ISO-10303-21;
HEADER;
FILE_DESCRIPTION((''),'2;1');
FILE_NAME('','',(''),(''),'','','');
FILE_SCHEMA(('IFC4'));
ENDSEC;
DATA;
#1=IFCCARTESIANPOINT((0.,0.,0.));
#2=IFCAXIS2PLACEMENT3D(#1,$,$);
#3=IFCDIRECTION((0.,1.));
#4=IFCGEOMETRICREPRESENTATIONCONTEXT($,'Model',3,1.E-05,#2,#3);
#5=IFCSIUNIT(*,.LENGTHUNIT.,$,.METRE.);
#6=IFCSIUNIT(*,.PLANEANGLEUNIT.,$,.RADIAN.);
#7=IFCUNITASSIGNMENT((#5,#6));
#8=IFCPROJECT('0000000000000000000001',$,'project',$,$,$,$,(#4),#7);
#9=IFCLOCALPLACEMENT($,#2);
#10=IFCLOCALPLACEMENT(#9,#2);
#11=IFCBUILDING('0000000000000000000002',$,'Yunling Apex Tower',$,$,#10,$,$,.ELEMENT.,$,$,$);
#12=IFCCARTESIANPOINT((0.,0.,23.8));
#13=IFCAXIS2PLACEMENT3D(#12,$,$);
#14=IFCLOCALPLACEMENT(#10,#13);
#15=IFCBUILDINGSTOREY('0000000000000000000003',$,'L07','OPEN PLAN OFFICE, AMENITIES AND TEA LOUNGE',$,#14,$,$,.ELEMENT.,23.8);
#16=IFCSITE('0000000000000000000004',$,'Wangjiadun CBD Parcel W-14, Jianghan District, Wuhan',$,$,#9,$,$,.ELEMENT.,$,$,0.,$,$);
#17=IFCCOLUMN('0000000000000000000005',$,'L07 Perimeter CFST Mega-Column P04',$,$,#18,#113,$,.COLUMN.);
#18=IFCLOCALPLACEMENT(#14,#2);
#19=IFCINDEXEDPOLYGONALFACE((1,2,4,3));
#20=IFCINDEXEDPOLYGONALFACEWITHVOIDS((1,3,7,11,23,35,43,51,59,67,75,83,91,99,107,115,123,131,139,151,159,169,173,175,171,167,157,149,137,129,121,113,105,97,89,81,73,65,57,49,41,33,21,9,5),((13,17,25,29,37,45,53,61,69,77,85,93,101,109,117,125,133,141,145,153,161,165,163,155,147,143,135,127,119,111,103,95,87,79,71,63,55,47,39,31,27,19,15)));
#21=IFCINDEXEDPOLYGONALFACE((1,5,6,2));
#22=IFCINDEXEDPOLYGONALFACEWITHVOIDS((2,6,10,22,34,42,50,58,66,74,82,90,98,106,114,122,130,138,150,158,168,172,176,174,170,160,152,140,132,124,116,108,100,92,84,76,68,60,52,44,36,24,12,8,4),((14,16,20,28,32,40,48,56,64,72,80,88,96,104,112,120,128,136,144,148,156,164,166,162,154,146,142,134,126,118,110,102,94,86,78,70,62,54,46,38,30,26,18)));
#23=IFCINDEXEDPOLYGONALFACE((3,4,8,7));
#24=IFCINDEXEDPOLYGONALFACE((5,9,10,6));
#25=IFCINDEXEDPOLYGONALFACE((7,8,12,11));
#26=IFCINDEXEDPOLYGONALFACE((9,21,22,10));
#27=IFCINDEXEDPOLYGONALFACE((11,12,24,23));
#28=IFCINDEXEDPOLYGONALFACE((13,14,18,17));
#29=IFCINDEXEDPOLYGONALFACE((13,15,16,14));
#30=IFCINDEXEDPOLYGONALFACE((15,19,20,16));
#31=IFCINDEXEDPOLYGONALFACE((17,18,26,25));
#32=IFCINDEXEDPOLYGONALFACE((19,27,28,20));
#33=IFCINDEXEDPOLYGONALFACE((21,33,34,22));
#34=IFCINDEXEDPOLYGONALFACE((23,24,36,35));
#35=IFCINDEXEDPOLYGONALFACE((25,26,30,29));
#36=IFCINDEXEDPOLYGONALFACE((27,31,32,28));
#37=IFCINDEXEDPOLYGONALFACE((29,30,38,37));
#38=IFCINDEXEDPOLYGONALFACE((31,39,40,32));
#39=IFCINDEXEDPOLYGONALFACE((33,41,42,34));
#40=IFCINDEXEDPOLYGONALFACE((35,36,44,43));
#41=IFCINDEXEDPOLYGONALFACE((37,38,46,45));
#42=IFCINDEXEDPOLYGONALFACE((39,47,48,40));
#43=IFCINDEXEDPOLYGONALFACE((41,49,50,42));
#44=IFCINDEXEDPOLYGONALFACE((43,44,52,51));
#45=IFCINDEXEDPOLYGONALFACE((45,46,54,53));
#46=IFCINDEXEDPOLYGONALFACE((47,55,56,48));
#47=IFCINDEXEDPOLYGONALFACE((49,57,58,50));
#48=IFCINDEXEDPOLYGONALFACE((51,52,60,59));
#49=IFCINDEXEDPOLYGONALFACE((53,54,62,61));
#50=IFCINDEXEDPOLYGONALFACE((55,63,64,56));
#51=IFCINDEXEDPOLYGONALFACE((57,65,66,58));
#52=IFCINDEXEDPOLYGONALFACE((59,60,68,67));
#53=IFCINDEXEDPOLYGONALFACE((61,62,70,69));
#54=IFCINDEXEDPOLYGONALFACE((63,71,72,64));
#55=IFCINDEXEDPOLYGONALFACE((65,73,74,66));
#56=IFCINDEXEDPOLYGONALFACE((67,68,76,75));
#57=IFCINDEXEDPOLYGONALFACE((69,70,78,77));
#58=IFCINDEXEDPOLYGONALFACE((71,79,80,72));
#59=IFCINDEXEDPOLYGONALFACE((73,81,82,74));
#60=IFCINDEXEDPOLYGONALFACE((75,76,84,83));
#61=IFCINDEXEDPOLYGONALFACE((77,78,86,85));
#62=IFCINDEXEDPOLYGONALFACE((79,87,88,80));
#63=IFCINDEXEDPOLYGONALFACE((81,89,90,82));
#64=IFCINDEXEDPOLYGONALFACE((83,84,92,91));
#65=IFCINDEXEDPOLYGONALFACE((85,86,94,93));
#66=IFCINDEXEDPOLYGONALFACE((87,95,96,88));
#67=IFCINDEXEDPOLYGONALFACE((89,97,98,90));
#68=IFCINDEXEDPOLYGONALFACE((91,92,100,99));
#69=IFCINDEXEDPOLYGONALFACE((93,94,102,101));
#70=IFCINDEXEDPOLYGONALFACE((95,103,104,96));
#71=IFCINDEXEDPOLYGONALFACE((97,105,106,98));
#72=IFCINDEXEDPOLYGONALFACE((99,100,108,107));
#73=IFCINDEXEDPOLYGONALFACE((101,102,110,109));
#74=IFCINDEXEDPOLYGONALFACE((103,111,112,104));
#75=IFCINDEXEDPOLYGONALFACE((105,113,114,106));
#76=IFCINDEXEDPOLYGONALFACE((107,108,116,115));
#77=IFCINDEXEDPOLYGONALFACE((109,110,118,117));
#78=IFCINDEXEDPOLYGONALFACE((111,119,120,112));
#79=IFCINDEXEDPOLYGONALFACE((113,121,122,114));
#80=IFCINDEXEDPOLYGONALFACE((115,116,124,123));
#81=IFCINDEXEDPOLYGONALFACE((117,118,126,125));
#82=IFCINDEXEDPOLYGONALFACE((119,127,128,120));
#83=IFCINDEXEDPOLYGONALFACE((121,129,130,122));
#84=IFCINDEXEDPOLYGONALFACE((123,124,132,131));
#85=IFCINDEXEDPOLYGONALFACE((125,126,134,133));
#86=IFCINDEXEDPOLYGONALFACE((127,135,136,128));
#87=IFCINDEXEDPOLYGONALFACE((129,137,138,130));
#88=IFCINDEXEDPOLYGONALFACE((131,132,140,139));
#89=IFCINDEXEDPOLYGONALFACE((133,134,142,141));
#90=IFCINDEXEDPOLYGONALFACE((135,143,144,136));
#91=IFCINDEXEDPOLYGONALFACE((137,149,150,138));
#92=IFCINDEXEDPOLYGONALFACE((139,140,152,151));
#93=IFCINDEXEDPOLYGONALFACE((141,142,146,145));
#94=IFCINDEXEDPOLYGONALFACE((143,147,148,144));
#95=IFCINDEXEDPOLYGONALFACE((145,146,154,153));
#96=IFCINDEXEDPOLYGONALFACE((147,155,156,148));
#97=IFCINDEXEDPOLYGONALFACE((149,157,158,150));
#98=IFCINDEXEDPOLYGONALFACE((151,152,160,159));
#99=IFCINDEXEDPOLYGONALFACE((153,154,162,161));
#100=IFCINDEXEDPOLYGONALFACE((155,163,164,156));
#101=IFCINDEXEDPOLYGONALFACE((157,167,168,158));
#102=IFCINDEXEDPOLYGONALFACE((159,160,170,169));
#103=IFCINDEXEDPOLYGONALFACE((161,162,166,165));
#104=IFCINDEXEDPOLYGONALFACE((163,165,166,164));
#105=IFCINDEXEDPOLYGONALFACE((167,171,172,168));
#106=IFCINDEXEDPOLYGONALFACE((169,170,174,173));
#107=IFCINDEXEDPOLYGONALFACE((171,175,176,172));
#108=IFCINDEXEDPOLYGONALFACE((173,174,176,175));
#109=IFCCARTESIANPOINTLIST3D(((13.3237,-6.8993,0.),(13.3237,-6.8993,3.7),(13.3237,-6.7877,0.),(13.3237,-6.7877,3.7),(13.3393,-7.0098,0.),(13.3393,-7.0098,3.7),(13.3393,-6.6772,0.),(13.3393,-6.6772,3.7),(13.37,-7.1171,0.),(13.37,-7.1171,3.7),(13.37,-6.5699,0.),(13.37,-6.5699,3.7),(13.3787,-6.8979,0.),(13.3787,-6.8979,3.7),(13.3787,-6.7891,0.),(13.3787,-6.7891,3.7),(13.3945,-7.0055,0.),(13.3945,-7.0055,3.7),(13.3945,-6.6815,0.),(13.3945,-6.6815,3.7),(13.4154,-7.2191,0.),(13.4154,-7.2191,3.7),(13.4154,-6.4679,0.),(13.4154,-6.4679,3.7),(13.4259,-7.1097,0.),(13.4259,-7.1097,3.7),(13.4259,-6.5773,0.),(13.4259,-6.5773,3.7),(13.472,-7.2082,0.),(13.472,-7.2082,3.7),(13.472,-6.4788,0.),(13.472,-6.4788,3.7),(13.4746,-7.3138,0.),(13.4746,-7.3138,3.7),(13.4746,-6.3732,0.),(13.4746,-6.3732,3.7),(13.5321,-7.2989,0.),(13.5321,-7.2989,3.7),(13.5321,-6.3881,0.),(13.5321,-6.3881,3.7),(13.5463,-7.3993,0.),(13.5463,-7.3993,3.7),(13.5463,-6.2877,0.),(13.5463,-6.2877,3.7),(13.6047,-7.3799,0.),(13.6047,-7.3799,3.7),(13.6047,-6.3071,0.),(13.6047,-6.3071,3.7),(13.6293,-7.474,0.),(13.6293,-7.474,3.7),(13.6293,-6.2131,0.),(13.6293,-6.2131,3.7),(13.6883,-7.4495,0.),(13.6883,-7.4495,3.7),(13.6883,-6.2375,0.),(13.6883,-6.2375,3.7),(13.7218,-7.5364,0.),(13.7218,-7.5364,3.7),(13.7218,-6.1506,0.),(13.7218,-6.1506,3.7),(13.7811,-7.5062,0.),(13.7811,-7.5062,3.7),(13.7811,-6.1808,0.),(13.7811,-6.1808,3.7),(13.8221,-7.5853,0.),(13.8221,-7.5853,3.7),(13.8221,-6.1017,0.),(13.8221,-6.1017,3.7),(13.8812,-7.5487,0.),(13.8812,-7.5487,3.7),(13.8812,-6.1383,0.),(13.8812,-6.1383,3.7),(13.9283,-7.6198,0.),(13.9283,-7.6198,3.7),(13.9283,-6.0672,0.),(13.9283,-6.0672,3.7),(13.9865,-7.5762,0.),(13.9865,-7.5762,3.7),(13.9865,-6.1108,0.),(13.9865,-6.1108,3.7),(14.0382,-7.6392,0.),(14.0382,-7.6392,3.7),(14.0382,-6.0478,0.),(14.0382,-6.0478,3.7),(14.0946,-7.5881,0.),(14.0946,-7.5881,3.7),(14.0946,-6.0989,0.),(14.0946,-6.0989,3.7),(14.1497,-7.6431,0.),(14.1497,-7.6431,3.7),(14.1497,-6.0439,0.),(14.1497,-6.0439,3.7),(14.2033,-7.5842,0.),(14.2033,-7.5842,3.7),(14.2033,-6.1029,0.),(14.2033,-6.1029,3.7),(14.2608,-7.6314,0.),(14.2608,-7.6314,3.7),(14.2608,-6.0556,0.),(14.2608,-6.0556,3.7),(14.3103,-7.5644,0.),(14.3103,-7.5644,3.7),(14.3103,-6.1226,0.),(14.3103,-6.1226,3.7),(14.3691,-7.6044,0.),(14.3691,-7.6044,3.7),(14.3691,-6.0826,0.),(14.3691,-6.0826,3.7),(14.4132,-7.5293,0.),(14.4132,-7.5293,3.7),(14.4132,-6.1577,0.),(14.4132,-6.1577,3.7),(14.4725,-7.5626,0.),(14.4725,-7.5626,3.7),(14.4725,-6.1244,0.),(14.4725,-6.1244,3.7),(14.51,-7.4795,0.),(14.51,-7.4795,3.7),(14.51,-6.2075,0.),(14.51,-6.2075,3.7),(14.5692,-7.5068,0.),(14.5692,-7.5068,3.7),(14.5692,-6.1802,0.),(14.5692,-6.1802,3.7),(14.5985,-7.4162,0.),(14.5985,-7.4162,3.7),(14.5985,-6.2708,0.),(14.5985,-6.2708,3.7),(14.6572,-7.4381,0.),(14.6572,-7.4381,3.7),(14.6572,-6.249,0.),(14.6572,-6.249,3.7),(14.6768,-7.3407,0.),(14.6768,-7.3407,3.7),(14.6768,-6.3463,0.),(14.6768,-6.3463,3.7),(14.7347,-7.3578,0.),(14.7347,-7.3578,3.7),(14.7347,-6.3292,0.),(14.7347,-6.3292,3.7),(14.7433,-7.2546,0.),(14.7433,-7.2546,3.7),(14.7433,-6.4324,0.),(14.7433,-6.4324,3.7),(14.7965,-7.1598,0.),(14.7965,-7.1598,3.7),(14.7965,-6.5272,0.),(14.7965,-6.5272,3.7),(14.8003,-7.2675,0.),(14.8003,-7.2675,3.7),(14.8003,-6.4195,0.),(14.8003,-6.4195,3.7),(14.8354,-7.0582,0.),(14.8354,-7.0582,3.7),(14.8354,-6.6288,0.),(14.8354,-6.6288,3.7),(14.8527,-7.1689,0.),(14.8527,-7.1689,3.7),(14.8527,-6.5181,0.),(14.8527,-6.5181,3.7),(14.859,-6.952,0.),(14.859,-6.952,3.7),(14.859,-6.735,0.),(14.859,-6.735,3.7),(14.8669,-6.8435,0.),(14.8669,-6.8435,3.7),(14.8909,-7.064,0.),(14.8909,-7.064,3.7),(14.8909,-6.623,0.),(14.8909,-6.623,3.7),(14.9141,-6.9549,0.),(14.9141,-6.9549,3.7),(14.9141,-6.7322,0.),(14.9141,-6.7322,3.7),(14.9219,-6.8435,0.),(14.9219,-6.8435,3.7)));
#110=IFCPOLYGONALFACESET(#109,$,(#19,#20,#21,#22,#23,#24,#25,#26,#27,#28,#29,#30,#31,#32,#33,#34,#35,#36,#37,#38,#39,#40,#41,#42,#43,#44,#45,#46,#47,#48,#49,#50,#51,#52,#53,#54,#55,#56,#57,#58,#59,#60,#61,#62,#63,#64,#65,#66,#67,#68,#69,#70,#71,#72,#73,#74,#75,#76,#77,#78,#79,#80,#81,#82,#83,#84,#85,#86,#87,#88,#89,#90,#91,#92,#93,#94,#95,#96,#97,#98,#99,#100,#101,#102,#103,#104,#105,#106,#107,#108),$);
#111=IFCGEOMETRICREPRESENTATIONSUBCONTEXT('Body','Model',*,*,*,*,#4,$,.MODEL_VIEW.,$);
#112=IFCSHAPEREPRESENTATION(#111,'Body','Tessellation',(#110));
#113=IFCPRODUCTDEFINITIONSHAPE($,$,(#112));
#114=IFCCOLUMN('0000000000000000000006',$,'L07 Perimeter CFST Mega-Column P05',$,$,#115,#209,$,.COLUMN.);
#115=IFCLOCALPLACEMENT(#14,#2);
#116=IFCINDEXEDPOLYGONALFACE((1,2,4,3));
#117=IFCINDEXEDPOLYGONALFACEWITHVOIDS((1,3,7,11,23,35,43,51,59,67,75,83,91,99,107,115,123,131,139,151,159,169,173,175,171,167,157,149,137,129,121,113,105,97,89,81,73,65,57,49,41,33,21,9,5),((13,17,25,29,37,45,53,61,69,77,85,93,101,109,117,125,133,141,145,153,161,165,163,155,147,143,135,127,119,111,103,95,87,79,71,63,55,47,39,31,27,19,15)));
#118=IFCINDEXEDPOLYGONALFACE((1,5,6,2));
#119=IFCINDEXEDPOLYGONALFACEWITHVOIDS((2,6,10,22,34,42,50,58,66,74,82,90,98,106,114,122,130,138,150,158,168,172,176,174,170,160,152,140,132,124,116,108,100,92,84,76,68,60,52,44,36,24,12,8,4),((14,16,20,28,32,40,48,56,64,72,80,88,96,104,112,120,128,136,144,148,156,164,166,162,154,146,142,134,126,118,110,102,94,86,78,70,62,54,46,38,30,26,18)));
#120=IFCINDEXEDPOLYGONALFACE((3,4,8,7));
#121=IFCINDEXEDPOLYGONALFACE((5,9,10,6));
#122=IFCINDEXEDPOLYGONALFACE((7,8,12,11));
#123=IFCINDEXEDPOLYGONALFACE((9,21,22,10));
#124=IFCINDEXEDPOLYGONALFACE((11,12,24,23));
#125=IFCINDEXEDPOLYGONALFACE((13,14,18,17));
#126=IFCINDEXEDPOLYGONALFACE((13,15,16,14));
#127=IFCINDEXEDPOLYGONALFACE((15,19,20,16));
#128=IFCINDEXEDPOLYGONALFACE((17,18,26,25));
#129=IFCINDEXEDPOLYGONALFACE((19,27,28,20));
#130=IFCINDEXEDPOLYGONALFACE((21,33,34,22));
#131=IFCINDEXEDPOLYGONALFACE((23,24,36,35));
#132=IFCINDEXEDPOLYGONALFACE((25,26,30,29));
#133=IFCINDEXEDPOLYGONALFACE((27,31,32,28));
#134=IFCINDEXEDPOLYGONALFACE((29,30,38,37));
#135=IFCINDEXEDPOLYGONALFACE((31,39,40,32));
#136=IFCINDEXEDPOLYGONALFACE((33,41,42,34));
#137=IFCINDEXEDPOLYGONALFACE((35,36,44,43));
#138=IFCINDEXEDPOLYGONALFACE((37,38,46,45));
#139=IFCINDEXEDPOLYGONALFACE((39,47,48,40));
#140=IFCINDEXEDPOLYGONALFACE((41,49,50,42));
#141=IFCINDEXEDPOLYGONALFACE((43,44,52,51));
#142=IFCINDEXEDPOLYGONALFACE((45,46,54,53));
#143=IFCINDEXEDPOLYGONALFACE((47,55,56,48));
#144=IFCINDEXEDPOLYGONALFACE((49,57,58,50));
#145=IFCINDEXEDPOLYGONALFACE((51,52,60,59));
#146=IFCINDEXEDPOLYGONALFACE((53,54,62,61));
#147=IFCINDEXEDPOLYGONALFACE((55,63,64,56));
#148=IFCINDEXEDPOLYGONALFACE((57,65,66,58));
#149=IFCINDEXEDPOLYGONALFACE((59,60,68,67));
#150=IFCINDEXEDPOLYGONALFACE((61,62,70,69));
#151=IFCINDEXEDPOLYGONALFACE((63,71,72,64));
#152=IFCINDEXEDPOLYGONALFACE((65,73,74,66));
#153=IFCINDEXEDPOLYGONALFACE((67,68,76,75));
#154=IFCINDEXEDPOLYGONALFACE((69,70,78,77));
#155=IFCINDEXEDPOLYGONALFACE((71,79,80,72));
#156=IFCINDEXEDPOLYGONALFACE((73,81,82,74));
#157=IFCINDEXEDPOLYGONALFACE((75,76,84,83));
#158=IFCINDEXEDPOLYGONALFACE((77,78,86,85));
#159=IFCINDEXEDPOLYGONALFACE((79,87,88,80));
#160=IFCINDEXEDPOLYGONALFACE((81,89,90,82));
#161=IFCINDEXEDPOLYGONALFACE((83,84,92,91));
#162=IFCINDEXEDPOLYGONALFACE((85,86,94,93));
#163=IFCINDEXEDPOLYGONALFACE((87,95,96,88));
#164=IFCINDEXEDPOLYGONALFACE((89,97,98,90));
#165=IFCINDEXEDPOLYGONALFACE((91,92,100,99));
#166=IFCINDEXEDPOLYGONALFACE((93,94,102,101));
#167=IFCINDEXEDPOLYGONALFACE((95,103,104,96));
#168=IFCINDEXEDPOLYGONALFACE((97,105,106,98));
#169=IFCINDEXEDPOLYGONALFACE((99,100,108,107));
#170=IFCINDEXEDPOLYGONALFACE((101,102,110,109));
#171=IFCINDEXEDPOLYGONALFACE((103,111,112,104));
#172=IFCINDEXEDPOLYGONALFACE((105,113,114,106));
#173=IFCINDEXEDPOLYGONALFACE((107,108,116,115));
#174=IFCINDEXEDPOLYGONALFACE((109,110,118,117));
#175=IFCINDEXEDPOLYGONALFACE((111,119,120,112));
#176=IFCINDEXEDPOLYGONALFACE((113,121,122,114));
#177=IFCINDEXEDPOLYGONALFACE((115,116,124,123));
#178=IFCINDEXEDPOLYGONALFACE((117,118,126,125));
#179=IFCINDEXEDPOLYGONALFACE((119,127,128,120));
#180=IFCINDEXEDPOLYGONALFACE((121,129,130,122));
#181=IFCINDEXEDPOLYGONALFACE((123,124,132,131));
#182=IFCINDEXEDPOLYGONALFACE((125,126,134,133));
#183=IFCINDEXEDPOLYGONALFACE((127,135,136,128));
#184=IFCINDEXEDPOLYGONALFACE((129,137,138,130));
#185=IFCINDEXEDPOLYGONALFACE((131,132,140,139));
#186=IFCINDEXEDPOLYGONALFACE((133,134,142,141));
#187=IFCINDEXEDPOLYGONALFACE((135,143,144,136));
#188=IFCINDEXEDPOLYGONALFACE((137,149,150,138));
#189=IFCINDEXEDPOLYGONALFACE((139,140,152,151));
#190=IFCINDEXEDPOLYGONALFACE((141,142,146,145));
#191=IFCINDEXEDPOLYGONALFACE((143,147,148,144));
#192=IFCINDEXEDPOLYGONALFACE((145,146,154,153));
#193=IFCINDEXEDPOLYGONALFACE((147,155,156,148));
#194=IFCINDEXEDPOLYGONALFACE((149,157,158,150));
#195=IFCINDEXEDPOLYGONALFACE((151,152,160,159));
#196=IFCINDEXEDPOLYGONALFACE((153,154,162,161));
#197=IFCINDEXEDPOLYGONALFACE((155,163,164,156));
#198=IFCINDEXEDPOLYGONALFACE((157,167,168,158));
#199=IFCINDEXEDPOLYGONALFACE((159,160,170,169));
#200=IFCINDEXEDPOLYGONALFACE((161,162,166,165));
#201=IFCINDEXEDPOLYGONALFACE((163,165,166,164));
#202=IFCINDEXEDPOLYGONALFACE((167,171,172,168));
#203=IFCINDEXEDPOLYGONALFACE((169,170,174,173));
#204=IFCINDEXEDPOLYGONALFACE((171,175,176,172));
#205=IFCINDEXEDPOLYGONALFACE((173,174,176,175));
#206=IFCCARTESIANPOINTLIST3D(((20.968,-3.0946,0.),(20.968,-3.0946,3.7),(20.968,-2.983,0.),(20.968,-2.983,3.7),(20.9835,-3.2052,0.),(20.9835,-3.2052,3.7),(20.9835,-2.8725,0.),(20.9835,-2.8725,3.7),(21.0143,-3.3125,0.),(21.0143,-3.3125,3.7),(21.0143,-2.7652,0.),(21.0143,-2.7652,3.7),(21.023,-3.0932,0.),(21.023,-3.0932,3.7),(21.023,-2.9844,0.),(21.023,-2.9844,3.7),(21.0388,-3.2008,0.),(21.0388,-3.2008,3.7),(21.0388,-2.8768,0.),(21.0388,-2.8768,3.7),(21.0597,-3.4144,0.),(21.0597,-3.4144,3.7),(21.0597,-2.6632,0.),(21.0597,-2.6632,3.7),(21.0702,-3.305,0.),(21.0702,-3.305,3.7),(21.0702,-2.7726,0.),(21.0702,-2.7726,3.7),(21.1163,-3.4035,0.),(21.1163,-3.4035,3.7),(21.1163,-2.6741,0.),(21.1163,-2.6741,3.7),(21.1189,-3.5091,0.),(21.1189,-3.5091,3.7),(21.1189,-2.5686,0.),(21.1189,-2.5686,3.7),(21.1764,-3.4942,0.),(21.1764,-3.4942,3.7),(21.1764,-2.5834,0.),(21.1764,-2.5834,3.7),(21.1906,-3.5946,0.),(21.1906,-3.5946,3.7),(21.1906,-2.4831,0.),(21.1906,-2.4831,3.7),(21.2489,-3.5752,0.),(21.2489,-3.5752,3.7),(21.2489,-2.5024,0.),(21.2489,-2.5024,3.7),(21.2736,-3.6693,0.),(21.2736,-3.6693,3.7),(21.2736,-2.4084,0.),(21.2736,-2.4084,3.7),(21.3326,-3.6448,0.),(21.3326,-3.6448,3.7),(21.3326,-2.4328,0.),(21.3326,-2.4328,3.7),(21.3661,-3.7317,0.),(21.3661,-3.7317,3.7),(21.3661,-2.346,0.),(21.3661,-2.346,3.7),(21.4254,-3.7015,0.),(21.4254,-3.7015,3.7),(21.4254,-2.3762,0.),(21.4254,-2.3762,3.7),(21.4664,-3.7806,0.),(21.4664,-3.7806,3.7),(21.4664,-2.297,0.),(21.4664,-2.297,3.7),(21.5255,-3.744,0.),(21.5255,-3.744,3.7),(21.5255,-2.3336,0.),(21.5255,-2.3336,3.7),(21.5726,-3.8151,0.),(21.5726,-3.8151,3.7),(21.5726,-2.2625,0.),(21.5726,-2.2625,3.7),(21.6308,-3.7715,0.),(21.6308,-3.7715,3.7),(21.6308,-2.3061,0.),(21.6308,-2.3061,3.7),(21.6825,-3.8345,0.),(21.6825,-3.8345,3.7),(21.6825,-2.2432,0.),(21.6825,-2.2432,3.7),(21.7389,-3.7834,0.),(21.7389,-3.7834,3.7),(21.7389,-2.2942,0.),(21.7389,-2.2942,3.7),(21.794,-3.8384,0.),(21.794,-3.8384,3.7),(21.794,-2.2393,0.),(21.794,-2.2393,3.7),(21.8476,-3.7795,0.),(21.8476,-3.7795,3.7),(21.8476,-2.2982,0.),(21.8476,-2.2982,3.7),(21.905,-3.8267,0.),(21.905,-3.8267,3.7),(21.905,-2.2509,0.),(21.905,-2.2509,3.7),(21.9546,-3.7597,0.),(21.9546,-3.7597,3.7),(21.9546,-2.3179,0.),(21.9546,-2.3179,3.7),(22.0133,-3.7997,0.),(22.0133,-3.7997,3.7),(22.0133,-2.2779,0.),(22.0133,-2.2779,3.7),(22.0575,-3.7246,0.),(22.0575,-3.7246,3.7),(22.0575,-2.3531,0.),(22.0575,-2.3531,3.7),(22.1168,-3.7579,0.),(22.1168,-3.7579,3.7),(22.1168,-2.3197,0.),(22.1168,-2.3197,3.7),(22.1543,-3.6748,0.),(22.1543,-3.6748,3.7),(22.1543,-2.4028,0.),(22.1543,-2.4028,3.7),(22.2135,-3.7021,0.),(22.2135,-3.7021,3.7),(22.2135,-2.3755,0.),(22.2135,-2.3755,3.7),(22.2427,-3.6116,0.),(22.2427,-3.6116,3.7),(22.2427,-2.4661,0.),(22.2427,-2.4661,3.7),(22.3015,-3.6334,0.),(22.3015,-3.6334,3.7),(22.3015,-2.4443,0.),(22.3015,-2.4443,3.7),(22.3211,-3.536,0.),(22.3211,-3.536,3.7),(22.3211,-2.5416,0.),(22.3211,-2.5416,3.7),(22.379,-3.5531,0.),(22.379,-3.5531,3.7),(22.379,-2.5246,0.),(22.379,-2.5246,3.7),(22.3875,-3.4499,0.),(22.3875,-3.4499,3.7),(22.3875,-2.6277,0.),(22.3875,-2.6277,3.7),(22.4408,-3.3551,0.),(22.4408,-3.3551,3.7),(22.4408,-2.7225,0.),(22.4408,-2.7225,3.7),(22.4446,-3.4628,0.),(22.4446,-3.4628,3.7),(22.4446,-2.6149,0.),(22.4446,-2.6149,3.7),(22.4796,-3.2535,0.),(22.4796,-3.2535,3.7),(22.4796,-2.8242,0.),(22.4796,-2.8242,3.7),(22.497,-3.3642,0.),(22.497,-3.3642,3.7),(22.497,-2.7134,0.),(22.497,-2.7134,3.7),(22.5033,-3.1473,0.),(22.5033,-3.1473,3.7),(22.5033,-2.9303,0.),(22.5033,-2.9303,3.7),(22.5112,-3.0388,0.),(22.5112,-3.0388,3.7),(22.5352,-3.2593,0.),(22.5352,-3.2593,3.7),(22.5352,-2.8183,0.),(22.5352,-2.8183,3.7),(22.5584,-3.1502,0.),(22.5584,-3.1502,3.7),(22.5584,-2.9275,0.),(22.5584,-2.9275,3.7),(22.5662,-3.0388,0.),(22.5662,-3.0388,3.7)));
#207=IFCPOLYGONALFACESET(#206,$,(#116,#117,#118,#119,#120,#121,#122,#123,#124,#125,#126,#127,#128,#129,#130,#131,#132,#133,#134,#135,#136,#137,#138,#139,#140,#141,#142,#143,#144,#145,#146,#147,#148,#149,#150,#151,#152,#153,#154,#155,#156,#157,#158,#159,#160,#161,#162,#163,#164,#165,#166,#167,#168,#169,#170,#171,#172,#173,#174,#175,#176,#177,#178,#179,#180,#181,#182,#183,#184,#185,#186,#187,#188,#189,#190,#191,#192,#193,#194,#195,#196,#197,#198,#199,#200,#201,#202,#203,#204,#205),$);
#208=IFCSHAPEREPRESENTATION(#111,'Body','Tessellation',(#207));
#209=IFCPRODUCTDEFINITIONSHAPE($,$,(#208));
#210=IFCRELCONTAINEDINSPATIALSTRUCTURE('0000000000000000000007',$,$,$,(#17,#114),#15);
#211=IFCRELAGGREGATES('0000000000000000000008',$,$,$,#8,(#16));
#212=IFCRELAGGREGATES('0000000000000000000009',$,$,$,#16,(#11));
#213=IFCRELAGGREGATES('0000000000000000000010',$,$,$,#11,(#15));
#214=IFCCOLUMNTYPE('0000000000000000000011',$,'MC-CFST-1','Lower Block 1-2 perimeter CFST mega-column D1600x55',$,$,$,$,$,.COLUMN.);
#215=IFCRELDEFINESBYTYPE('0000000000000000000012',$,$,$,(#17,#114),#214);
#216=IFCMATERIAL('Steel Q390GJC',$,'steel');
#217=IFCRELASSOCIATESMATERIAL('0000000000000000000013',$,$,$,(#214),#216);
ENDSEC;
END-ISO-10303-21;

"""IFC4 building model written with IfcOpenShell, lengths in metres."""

from ifc_helpers import new_model, si_unit, direction, frame, origin, origin_2d, place, context, subcontext, project, spatial, hollow_circle, extrude, source, transform, mapped, material, material_profile, profile_set, type_object, element, save


model = new_model("IFC4")

# Units and contexts
model_context = context("Model", 3, precision=1e-05, world=origin(), true_north=direction((0.0, 1.0)))
body_context = subcontext(model_context, "Body", "Model", "MODEL_VIEW")
ifc_project = project(units=[si_unit("LENGTHUNIT", "METRE"), si_unit("PLANEANGLEUNIT", "RADIAN")], contexts=[model_context])

# Site, building, storey
site_placement = place(None, origin())
site = spatial("IfcSite", under=ifc_project, at=site_placement, Name="Wangjiadun CBD Parcel W-14, Jianghan District, Wuhan", CompositionType="ELEMENT", RefElevation=0.0)
building_placement = place(site_placement, origin())
building = spatial("IfcBuilding", under=site, at=building_placement, Name="Yunling Apex Tower", CompositionType="ELEMENT")
storey_placement = place(building_placement, frame((0.0, 0.0, 23.8)))
storey = spatial("IfcBuildingStorey", under=building, at=storey_placement, Name="L07", Description="OPEN PLAN OFFICE, AMENITIES AND TEA LOUNGE", CompositionType="ELEMENT", Elevation=23.8)

# Columns
ifc_material_1 = material(Name="Steel Q390GJC", Category="steel")
ifc_material_profile_1 = material_profile(ifc_material_1, hollow_circle(Radius=0.8, WallThickness=0.0549, at=origin_2d()))
ifc_profile_set_1 = profile_set([ifc_material_profile_1], Name="Steel Q390GJC")
column_type = type_object("IfcColumnType", Name="MC-CFST-1", Description="Lower Block 1-2 perimeter CFST mega-column D1600x55", PredefinedType="COLUMN", material=ifc_profile_set_1)
shared_shape_1 = source(origin(), body_context, "Body", "SweptSolid", [
    extrude(hollow_circle(Radius=0.8, WallThickness=0.0549, at=origin_2d()), origin(), (0.0, 0.0, 1.0), 3.7),
])
for number, where, z_axis, x_axis, name in (
    (1, (14.1218, -6.8435, 0.0), (0.0, 0.0, 1.0), (1.0, 0.0, 0.0), "L07 Perimeter CFST Mega-Column P04"),
    (2, (21.7661, -3.0388, 0.0), (0.0, 0.0, 1.0), (1.0, 0.0, 0.0), "L07 Perimeter CFST Mega-Column P05"),
):
    element("IfcColumn", number, at=place(storey_placement, frame(where, z_axis=z_axis, x_axis=x_axis)), inside=storey, type_object=column_type, Name=name, PredefinedType="COLUMN", context=body_context, shape_type="MappedRepresentation", body=[
        mapped(shared_shape_1, transform((0.0, 0.0, 0.0), scale=1.0)),
    ])

save(model, "model.ifc")
